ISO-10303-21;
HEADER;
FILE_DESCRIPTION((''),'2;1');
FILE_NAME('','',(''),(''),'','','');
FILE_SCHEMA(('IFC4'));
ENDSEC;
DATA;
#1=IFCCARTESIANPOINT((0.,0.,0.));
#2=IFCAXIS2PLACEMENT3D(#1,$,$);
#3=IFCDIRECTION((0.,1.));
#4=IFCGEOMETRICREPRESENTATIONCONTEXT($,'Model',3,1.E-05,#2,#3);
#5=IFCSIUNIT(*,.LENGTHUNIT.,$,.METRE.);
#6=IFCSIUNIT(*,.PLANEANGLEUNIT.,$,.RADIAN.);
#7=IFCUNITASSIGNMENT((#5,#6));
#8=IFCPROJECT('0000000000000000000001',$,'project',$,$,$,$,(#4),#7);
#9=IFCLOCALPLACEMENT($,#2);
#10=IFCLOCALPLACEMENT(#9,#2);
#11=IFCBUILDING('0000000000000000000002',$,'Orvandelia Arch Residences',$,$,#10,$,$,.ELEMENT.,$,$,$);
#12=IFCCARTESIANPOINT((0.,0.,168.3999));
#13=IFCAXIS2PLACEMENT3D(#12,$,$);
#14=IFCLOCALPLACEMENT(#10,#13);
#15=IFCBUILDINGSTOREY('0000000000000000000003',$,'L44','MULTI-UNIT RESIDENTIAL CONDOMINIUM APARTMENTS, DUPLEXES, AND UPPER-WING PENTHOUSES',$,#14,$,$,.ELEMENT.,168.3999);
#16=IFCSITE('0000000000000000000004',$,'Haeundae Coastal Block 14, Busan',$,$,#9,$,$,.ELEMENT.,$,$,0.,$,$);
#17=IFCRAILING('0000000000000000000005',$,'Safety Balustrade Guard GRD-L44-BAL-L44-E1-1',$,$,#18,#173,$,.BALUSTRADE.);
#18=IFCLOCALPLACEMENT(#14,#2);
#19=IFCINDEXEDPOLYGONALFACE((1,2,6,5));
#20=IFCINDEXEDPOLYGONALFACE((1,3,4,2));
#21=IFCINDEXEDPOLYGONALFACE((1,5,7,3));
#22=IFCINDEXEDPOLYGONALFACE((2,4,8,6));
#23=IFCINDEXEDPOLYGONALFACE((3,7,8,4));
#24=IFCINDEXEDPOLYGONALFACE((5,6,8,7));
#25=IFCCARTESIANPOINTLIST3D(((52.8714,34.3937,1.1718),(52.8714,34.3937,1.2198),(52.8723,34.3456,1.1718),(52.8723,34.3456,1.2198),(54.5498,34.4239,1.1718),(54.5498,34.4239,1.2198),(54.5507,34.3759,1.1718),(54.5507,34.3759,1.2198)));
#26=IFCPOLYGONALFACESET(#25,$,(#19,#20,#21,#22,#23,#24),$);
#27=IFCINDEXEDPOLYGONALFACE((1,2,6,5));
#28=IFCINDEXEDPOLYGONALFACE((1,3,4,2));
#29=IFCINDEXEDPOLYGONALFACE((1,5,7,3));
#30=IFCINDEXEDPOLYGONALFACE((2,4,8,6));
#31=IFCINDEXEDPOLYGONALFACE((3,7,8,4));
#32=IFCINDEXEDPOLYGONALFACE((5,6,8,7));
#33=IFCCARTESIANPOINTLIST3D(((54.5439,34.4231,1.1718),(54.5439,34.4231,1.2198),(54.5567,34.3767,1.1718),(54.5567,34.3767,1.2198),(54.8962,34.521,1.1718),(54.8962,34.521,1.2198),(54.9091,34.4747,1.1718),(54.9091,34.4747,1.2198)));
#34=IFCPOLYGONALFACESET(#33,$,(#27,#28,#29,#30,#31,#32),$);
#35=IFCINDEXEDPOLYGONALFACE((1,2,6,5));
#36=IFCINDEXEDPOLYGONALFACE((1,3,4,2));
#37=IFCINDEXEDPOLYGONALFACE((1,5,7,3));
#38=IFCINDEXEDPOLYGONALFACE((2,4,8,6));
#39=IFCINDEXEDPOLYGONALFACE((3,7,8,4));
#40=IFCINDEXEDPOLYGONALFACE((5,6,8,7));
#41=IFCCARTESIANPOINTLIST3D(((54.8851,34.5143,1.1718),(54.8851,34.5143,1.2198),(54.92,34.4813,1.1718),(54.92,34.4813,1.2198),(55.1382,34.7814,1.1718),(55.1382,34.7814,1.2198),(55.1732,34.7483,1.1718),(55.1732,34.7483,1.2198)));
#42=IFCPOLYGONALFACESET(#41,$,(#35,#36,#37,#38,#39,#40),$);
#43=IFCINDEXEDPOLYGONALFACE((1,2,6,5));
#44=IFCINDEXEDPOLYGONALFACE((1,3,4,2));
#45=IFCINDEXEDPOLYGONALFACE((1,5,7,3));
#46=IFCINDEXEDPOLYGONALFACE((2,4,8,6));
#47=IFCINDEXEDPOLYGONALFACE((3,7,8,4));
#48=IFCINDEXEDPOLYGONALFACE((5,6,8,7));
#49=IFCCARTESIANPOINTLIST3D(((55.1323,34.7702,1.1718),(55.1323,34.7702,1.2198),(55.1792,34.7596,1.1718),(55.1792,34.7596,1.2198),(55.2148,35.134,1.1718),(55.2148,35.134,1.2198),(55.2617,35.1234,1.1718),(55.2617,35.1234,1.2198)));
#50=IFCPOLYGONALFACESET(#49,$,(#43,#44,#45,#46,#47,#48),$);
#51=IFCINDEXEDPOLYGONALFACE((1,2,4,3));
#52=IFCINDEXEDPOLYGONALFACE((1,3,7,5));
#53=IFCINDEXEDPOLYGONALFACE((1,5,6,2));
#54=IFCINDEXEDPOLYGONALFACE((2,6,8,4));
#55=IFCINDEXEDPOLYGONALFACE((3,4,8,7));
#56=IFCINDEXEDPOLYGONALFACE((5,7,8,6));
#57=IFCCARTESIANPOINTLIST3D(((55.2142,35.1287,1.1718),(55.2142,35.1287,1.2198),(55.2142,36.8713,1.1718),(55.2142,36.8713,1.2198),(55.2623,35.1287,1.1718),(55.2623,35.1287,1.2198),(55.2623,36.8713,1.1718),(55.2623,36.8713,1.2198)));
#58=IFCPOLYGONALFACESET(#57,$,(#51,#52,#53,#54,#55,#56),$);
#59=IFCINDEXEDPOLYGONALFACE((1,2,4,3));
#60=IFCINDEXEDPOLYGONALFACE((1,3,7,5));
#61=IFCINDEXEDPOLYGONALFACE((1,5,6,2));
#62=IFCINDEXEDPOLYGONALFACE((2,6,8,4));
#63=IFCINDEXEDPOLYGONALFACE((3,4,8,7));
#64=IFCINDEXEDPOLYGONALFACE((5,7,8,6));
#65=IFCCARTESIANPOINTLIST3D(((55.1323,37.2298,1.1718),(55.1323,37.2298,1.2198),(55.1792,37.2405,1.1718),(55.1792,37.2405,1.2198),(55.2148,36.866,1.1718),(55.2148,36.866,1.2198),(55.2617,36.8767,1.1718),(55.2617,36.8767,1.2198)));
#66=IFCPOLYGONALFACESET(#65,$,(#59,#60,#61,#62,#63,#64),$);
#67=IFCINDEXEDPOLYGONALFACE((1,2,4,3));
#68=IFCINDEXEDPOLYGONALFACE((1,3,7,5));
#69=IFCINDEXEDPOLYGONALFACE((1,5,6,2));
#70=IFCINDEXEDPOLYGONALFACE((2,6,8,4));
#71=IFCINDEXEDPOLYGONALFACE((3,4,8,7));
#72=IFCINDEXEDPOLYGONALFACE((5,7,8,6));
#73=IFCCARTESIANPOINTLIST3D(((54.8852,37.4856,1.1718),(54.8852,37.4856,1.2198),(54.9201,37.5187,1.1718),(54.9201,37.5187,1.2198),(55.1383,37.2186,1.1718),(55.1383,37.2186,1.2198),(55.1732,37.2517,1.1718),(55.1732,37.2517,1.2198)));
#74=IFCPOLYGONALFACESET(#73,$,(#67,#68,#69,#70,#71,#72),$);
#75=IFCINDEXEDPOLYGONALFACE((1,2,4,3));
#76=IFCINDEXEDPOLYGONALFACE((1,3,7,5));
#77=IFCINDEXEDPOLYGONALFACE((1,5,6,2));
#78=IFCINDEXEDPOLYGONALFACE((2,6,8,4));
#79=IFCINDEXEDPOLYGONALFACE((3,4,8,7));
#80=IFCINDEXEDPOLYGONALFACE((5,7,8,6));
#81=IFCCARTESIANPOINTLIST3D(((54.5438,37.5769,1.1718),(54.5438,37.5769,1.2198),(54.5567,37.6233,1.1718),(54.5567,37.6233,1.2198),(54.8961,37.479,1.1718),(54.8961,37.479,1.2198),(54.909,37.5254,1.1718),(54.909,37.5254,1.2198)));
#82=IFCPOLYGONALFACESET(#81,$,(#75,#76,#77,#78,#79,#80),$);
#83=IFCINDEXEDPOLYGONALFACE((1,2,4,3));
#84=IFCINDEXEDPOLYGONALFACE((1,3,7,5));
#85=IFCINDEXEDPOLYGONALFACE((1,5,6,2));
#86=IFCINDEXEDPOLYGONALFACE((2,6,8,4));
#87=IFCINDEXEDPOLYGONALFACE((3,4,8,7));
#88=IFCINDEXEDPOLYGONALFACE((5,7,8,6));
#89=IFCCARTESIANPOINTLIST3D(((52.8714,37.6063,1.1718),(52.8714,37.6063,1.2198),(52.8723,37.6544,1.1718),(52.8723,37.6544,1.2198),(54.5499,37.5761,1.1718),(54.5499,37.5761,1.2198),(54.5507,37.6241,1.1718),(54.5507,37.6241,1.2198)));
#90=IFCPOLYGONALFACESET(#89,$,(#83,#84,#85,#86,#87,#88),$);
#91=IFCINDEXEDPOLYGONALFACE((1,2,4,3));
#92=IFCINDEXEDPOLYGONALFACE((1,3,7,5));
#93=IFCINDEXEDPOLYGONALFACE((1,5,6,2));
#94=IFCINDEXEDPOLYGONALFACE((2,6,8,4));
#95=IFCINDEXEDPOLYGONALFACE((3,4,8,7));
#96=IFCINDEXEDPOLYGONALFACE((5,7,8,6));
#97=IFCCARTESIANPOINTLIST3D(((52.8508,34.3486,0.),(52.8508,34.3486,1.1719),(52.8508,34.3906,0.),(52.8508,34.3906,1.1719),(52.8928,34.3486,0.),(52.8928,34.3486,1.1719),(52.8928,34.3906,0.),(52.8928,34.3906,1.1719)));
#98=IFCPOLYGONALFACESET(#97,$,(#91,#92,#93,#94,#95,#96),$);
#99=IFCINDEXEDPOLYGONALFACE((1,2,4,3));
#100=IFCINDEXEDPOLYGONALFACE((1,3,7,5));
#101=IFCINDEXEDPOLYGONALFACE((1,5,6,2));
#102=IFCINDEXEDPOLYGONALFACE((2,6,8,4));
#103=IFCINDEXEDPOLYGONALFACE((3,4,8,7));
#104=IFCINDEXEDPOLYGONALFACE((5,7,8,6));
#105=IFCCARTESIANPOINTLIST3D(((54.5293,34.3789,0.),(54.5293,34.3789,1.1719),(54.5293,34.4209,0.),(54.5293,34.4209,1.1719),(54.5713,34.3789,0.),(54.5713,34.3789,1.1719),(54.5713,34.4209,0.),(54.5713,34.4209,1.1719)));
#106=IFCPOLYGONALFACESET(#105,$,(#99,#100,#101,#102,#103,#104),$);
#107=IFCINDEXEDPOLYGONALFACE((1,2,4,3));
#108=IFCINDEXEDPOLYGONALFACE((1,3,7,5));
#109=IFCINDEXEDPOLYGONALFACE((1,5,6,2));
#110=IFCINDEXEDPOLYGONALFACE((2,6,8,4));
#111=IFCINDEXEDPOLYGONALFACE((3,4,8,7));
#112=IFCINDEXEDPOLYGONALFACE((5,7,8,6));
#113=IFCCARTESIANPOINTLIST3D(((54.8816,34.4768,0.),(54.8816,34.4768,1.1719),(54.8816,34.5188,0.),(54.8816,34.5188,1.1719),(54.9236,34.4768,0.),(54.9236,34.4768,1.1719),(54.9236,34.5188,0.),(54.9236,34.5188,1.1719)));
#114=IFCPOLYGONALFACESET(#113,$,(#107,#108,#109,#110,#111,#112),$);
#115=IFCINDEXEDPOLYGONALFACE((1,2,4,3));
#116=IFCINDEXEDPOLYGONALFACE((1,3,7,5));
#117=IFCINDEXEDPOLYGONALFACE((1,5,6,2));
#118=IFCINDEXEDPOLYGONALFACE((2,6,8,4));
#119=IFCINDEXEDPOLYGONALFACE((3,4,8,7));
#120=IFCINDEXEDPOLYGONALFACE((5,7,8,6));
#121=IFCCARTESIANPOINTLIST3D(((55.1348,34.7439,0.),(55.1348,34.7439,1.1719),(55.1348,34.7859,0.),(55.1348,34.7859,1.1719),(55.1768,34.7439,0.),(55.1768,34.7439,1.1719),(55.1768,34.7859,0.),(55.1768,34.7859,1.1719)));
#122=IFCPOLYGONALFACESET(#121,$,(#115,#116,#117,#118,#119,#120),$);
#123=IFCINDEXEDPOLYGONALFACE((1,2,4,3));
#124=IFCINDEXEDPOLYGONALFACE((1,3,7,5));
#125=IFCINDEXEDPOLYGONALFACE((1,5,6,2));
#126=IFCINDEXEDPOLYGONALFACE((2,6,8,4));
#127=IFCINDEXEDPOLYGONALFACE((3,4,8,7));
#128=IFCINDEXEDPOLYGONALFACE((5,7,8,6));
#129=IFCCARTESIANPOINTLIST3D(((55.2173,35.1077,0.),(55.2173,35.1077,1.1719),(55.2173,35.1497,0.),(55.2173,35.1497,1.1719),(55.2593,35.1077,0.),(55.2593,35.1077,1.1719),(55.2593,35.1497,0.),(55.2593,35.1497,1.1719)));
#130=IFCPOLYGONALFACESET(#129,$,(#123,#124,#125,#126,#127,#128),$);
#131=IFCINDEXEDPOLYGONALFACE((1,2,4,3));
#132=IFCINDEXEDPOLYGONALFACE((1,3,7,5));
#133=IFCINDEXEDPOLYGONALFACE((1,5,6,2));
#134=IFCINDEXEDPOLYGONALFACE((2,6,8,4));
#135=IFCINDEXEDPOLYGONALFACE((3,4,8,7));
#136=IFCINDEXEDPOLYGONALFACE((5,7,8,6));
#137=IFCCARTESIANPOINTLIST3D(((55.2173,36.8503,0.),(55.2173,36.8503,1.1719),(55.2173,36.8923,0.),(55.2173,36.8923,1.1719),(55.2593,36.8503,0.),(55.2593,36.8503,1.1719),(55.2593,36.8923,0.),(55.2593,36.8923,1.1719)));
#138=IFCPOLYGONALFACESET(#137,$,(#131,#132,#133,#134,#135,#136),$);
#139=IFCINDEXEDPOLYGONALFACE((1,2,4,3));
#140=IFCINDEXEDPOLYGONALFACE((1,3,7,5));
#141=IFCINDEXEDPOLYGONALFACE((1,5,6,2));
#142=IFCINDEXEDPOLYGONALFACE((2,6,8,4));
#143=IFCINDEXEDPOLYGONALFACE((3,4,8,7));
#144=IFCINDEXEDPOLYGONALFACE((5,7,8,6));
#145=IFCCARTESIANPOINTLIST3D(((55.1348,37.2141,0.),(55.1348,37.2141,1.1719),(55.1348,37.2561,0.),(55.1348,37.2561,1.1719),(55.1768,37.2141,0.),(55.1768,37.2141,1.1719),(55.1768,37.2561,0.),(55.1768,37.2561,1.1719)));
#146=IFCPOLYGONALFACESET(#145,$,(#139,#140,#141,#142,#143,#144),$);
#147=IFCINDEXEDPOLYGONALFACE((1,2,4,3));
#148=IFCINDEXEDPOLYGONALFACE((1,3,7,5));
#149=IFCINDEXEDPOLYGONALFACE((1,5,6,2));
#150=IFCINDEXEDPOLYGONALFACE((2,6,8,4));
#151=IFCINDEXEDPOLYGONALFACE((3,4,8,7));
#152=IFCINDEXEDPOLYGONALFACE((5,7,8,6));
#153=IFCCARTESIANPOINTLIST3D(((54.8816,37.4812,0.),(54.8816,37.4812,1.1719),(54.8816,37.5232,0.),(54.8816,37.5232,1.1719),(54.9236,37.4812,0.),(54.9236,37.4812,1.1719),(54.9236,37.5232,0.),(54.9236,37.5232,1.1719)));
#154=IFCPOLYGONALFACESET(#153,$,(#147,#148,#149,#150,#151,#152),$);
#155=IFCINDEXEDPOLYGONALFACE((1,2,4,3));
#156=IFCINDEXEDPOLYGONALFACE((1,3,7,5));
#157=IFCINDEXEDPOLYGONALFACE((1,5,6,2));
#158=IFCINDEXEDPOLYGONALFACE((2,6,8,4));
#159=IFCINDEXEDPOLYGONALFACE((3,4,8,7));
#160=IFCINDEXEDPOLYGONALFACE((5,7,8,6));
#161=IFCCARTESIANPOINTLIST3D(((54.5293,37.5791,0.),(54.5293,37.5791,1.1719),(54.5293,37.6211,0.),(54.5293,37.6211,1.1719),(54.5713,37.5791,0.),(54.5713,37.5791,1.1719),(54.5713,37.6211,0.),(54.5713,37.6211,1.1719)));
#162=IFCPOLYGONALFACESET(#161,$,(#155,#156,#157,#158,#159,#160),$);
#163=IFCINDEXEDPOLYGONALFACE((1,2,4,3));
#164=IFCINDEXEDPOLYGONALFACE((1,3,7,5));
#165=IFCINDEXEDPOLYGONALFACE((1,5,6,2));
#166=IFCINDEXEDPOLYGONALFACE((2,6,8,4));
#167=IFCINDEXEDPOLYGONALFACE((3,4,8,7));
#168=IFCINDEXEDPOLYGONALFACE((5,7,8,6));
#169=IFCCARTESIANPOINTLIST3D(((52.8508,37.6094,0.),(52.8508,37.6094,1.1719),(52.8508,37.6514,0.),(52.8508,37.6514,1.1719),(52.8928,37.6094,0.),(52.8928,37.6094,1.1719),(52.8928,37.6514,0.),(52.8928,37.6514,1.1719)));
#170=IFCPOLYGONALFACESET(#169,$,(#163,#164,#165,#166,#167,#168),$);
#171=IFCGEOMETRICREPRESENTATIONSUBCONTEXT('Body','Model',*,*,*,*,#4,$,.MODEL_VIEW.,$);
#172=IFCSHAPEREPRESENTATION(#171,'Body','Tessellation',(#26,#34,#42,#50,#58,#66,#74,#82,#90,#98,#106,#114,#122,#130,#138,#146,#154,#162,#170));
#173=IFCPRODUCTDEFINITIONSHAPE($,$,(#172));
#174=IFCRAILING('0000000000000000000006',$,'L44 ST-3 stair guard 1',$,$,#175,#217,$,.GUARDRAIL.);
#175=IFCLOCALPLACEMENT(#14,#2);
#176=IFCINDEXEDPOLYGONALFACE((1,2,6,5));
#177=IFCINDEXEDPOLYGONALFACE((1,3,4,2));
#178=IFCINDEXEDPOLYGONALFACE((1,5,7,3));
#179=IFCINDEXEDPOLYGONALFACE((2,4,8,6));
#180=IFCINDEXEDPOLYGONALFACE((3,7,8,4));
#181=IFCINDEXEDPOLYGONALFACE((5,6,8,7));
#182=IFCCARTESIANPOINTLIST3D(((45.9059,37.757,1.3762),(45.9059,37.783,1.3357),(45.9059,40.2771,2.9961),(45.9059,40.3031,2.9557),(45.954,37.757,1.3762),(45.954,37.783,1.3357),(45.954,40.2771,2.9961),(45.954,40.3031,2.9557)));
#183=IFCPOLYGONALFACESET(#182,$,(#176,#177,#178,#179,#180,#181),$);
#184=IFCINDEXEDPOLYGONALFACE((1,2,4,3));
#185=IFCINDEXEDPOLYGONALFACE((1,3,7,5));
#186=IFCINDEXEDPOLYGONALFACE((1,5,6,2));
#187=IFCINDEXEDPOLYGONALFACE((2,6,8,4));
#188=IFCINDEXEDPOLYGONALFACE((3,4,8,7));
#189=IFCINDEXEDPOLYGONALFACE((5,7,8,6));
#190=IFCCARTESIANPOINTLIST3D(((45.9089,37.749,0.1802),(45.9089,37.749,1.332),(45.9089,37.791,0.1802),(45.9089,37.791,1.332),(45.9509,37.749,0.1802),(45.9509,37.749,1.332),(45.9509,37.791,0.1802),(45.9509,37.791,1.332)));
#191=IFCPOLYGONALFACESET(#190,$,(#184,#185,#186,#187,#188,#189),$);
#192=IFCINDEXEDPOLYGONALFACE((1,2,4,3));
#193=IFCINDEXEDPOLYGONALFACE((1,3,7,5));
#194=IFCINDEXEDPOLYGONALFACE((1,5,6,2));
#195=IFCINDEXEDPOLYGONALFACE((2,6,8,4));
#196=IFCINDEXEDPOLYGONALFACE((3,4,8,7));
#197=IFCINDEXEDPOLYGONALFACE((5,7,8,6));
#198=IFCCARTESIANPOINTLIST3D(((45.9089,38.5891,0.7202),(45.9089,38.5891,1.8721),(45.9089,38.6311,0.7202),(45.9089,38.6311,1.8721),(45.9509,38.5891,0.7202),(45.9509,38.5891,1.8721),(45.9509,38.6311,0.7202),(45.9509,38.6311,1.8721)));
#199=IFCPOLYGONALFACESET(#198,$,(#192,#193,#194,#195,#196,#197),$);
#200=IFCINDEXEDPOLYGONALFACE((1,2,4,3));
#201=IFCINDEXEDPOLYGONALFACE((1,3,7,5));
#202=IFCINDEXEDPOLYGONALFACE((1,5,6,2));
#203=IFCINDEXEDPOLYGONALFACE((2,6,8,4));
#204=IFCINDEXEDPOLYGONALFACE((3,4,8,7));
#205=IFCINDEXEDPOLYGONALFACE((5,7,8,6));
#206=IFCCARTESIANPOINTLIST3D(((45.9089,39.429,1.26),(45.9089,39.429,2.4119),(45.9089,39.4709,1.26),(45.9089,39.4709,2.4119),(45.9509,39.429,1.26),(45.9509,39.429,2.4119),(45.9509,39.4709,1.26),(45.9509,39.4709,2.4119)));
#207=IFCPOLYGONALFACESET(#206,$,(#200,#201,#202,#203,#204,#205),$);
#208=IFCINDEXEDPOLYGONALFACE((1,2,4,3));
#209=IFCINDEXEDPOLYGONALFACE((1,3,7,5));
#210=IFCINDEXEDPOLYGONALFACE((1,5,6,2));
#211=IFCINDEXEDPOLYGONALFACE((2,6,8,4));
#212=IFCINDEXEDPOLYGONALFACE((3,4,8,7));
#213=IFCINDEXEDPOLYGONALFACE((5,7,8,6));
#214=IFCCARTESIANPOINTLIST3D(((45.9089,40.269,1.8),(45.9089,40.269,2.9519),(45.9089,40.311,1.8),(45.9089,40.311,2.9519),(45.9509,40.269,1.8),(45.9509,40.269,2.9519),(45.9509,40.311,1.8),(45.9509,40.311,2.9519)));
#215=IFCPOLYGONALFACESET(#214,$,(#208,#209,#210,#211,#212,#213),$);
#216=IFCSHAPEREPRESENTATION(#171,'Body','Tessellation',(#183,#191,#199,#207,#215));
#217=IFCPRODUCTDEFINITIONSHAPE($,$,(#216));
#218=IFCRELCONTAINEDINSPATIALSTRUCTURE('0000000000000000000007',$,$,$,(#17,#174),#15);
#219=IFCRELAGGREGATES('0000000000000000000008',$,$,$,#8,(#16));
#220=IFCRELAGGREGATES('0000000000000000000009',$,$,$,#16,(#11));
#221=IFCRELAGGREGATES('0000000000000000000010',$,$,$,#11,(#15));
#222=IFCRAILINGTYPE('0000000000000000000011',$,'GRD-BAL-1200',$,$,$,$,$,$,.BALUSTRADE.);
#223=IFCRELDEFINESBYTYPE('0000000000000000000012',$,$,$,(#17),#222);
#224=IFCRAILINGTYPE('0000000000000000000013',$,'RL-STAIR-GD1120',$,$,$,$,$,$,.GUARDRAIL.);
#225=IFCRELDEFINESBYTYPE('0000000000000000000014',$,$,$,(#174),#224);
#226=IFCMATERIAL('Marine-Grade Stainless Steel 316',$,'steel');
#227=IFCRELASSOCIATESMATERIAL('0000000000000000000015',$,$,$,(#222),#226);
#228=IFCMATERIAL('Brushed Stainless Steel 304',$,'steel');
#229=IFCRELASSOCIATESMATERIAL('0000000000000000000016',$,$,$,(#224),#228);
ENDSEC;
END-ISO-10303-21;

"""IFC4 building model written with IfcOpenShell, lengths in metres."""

from ifc_helpers import new_model, si_unit, direction, frame, origin, origin_2d, place, context, subcontext, project, spatial, rectangle, extrude, material, type_object, element, save


model = new_model("IFC4")

# Units and contexts
model_context = context("Model", 3, precision=1e-05, world=origin(), true_north=direction((0.0, 1.0)))
body_context = subcontext(model_context, "Body", "Model", "MODEL_VIEW")
ifc_project = project(units=[si_unit("LENGTHUNIT", "METRE"), si_unit("PLANEANGLEUNIT", "RADIAN")], contexts=[model_context])

# Site, building, storey
site_placement = place(None, origin())
site = spatial("IfcSite", under=ifc_project, at=site_placement, Name="Haeundae Coastal Block 14, Busan", CompositionType="ELEMENT", RefElevation=0.0)
building_placement = place(site_placement, origin())
building = spatial("IfcBuilding", under=site, at=building_placement, Name="Orvandelia Arch Residences", CompositionType="ELEMENT")
storey_placement = place(building_placement, frame((0.0, 0.0, 168.3999)))
storey = spatial("IfcBuildingStorey", under=building, at=storey_placement, Name="L44", Description="MULTI-UNIT RESIDENTIAL CONDOMINIUM APARTMENTS, DUPLEXES, AND UPPER-WING PENTHOUSES", CompositionType="ELEMENT", Elevation=168.3999)

# Railings
ifc_material_1 = material(Name="Marine-Grade Stainless Steel 316", Category="steel")
railing_type_1 = type_object("IfcRailingType", Name="GRD-BAL-1200", PredefinedType="BALUSTRADE", material=ifc_material_1)
railing_1_placement = place(storey_placement, frame((52.8718, 34.3696, 0.0)))
element("IfcRailing", 1, at=railing_1_placement, inside=storey, type_object=railing_type_1, Name="Safety Balustrade Guard GRD-L44-BAL-L44-E1-1", PredefinedType="BALUSTRADE", context=body_context, shape_type="SweptSolid", body=[
    extrude(rectangle(XDim=0.0481, YDim=0.0481, at=origin_2d()), frame((0.0, 0.0, 1.1958), z_axis=(0.999837, 0.018033, 0.0), x_axis=(-0.018033, 0.999837, 0.0)), (0.0, 0.0, 1.0), 1.6787),
    extrude(rectangle(XDim=0.0481, YDim=0.0481, at=origin_2d()), frame((1.6785, 0.0303, 1.1958), z_axis=(0.963489, 0.267747, 0.0), x_axis=(-0.267747, 0.963489, 0.0)), (0.0, 0.0, 1.0), 0.3657),
    extrude(rectangle(XDim=0.0481, YDim=0.0481, at=origin_2d()), frame((2.0308, 0.1282, 1.1958), z_axis=(0.687947, 0.725761, 0.0), x_axis=(-0.725761, 0.687947, 0.0)), (0.0, 0.0, 1.0), 0.3679),
    extrude(rectangle(XDim=0.0481, YDim=0.0481, at=origin_2d()), frame((2.2839, 0.3953, 1.1958), z_axis=(0.221225, 0.975223, 0.0), x_axis=(-0.975223, 0.221225, 0.0)), (0.0, 0.0, 1.0), 0.373),
    extrude(rectangle(XDim=0.0481, YDim=0.0481, at=origin_2d()), frame((2.3665, 0.759, 1.1958), z_axis=(0.0, 1.0, 0.0), x_axis=(-1.0, 0.0, 0.0)), (0.0, 0.0, 1.0), 1.7427),
    extrude(rectangle(XDim=0.0481, YDim=0.0481, at=origin_2d()), frame((2.3665, 2.5017, 1.1958), z_axis=(-0.221225, 0.975223, 0.0), x_axis=(-0.975223, -0.221225, 0.0)), (0.0, 0.0, 1.0), 0.373),
    extrude(rectangle(XDim=0.0481, YDim=0.0481, at=origin_2d()), frame((2.2839, 2.8655, 1.1958), z_axis=(-0.687947, 0.725761, 0.0), x_axis=(-0.725761, -0.687947, 0.0)), (0.0, 0.0, 1.0), 0.3679),
    extrude(rectangle(XDim=0.0481, YDim=0.0481, at=origin_2d()), frame((2.0308, 3.1326, 1.1958), z_axis=(-0.963489, 0.267747, 0.0), x_axis=(-0.267747, -0.963489, 0.0)), (0.0, 0.0, 1.0), 0.3657),
    extrude(rectangle(XDim=0.0481, YDim=0.0481, at=origin_2d()), frame((1.6785, 3.2305, 1.1958), z_axis=(-0.999837, 0.018033, 0.0), x_axis=(-0.018033, -0.999837, 0.0)), (0.0, 0.0, 1.0), 1.6787),
    extrude(rectangle(XDim=0.042, YDim=0.042, at=origin_2d()), origin(), (0.0, 0.0, 1.0), 1.1719),
    extrude(rectangle(XDim=0.042, YDim=0.042, at=origin_2d()), frame((1.6785, 0.0303, 0.0)), (0.0, 0.0, 1.0), 1.1719),
    extrude(rectangle(XDim=0.042, YDim=0.042, at=origin_2d()), frame((2.0308, 0.1282, 0.0)), (0.0, 0.0, 1.0), 1.1719),
    extrude(rectangle(XDim=0.042, YDim=0.042, at=origin_2d()), frame((2.2839, 0.3953, 0.0)), (0.0, 0.0, 1.0), 1.1719),
    extrude(rectangle(XDim=0.042, YDim=0.042, at=origin_2d()), frame((2.3665, 0.759, 0.0)), (0.0, 0.0, 1.0), 1.1719),
    extrude(rectangle(XDim=0.042, YDim=0.042, at=origin_2d()), frame((2.3665, 2.5017, 0.0)), (0.0, 0.0, 1.0), 1.1719),
    extrude(rectangle(XDim=0.042, YDim=0.042, at=origin_2d()), frame((2.2839, 2.8655, 0.0)), (0.0, 0.0, 1.0), 1.1719),
    extrude(rectangle(XDim=0.042, YDim=0.042, at=origin_2d()), frame((2.0308, 3.1326, 0.0)), (0.0, 0.0, 1.0), 1.1719),
    extrude(rectangle(XDim=0.042, YDim=0.042, at=origin_2d()), frame((1.6785, 3.2305, 0.0)), (0.0, 0.0, 1.0), 1.1719),
    extrude(rectangle(XDim=0.042, YDim=0.042, at=origin_2d()), frame((0.0, 3.2607, 0.0)), (0.0, 0.0, 1.0), 1.1719),
])
ifc_material_2 = material(Name="Brushed Stainless Steel 304", Category="steel")
railing_type_2 = type_object("IfcRailingType", Name="RL-STAIR-GD1120", PredefinedType="GUARDRAIL", material=ifc_material_2)
railing_2_placement = place(storey_placement, frame((45.9299, 37.77, 0.1802)))
element("IfcRailing", 2, at=railing_2_placement, inside=storey, type_object=railing_type_2, Name="L44 ST-3 stair guard 1", PredefinedType="GUARDRAIL", context=body_context, shape_type="SweptSolid", body=[
    extrude(rectangle(XDim=0.0481, YDim=0.0481, at=origin_2d()), frame((0.0, 0.0, 1.1758), z_axis=(0.0, 0.8412, 0.540725), x_axis=(-1.0, 0.0, 0.0)), (0.0, 0.0, 1.0), 2.9958),
    extrude(rectangle(XDim=0.042, YDim=0.042, at=origin_2d()), origin(), (0.0, 0.0, 1.0), 1.1519),
    extrude(rectangle(XDim=0.042, YDim=0.042, at=origin_2d()), frame((0.0, 0.8401, 0.54)), (0.0, 0.0, 1.0), 1.1519),
    extrude(rectangle(XDim=0.042, YDim=0.042, at=origin_2d()), frame((0.0, 1.6799, 1.0798)), (0.0, 0.0, 1.0), 1.1519),
    extrude(rectangle(XDim=0.042, YDim=0.042, at=origin_2d()), frame((0.0, 2.52, 1.6199)), (0.0, 0.0, 1.0), 1.1519),
])

save(model, "model.ifc")
